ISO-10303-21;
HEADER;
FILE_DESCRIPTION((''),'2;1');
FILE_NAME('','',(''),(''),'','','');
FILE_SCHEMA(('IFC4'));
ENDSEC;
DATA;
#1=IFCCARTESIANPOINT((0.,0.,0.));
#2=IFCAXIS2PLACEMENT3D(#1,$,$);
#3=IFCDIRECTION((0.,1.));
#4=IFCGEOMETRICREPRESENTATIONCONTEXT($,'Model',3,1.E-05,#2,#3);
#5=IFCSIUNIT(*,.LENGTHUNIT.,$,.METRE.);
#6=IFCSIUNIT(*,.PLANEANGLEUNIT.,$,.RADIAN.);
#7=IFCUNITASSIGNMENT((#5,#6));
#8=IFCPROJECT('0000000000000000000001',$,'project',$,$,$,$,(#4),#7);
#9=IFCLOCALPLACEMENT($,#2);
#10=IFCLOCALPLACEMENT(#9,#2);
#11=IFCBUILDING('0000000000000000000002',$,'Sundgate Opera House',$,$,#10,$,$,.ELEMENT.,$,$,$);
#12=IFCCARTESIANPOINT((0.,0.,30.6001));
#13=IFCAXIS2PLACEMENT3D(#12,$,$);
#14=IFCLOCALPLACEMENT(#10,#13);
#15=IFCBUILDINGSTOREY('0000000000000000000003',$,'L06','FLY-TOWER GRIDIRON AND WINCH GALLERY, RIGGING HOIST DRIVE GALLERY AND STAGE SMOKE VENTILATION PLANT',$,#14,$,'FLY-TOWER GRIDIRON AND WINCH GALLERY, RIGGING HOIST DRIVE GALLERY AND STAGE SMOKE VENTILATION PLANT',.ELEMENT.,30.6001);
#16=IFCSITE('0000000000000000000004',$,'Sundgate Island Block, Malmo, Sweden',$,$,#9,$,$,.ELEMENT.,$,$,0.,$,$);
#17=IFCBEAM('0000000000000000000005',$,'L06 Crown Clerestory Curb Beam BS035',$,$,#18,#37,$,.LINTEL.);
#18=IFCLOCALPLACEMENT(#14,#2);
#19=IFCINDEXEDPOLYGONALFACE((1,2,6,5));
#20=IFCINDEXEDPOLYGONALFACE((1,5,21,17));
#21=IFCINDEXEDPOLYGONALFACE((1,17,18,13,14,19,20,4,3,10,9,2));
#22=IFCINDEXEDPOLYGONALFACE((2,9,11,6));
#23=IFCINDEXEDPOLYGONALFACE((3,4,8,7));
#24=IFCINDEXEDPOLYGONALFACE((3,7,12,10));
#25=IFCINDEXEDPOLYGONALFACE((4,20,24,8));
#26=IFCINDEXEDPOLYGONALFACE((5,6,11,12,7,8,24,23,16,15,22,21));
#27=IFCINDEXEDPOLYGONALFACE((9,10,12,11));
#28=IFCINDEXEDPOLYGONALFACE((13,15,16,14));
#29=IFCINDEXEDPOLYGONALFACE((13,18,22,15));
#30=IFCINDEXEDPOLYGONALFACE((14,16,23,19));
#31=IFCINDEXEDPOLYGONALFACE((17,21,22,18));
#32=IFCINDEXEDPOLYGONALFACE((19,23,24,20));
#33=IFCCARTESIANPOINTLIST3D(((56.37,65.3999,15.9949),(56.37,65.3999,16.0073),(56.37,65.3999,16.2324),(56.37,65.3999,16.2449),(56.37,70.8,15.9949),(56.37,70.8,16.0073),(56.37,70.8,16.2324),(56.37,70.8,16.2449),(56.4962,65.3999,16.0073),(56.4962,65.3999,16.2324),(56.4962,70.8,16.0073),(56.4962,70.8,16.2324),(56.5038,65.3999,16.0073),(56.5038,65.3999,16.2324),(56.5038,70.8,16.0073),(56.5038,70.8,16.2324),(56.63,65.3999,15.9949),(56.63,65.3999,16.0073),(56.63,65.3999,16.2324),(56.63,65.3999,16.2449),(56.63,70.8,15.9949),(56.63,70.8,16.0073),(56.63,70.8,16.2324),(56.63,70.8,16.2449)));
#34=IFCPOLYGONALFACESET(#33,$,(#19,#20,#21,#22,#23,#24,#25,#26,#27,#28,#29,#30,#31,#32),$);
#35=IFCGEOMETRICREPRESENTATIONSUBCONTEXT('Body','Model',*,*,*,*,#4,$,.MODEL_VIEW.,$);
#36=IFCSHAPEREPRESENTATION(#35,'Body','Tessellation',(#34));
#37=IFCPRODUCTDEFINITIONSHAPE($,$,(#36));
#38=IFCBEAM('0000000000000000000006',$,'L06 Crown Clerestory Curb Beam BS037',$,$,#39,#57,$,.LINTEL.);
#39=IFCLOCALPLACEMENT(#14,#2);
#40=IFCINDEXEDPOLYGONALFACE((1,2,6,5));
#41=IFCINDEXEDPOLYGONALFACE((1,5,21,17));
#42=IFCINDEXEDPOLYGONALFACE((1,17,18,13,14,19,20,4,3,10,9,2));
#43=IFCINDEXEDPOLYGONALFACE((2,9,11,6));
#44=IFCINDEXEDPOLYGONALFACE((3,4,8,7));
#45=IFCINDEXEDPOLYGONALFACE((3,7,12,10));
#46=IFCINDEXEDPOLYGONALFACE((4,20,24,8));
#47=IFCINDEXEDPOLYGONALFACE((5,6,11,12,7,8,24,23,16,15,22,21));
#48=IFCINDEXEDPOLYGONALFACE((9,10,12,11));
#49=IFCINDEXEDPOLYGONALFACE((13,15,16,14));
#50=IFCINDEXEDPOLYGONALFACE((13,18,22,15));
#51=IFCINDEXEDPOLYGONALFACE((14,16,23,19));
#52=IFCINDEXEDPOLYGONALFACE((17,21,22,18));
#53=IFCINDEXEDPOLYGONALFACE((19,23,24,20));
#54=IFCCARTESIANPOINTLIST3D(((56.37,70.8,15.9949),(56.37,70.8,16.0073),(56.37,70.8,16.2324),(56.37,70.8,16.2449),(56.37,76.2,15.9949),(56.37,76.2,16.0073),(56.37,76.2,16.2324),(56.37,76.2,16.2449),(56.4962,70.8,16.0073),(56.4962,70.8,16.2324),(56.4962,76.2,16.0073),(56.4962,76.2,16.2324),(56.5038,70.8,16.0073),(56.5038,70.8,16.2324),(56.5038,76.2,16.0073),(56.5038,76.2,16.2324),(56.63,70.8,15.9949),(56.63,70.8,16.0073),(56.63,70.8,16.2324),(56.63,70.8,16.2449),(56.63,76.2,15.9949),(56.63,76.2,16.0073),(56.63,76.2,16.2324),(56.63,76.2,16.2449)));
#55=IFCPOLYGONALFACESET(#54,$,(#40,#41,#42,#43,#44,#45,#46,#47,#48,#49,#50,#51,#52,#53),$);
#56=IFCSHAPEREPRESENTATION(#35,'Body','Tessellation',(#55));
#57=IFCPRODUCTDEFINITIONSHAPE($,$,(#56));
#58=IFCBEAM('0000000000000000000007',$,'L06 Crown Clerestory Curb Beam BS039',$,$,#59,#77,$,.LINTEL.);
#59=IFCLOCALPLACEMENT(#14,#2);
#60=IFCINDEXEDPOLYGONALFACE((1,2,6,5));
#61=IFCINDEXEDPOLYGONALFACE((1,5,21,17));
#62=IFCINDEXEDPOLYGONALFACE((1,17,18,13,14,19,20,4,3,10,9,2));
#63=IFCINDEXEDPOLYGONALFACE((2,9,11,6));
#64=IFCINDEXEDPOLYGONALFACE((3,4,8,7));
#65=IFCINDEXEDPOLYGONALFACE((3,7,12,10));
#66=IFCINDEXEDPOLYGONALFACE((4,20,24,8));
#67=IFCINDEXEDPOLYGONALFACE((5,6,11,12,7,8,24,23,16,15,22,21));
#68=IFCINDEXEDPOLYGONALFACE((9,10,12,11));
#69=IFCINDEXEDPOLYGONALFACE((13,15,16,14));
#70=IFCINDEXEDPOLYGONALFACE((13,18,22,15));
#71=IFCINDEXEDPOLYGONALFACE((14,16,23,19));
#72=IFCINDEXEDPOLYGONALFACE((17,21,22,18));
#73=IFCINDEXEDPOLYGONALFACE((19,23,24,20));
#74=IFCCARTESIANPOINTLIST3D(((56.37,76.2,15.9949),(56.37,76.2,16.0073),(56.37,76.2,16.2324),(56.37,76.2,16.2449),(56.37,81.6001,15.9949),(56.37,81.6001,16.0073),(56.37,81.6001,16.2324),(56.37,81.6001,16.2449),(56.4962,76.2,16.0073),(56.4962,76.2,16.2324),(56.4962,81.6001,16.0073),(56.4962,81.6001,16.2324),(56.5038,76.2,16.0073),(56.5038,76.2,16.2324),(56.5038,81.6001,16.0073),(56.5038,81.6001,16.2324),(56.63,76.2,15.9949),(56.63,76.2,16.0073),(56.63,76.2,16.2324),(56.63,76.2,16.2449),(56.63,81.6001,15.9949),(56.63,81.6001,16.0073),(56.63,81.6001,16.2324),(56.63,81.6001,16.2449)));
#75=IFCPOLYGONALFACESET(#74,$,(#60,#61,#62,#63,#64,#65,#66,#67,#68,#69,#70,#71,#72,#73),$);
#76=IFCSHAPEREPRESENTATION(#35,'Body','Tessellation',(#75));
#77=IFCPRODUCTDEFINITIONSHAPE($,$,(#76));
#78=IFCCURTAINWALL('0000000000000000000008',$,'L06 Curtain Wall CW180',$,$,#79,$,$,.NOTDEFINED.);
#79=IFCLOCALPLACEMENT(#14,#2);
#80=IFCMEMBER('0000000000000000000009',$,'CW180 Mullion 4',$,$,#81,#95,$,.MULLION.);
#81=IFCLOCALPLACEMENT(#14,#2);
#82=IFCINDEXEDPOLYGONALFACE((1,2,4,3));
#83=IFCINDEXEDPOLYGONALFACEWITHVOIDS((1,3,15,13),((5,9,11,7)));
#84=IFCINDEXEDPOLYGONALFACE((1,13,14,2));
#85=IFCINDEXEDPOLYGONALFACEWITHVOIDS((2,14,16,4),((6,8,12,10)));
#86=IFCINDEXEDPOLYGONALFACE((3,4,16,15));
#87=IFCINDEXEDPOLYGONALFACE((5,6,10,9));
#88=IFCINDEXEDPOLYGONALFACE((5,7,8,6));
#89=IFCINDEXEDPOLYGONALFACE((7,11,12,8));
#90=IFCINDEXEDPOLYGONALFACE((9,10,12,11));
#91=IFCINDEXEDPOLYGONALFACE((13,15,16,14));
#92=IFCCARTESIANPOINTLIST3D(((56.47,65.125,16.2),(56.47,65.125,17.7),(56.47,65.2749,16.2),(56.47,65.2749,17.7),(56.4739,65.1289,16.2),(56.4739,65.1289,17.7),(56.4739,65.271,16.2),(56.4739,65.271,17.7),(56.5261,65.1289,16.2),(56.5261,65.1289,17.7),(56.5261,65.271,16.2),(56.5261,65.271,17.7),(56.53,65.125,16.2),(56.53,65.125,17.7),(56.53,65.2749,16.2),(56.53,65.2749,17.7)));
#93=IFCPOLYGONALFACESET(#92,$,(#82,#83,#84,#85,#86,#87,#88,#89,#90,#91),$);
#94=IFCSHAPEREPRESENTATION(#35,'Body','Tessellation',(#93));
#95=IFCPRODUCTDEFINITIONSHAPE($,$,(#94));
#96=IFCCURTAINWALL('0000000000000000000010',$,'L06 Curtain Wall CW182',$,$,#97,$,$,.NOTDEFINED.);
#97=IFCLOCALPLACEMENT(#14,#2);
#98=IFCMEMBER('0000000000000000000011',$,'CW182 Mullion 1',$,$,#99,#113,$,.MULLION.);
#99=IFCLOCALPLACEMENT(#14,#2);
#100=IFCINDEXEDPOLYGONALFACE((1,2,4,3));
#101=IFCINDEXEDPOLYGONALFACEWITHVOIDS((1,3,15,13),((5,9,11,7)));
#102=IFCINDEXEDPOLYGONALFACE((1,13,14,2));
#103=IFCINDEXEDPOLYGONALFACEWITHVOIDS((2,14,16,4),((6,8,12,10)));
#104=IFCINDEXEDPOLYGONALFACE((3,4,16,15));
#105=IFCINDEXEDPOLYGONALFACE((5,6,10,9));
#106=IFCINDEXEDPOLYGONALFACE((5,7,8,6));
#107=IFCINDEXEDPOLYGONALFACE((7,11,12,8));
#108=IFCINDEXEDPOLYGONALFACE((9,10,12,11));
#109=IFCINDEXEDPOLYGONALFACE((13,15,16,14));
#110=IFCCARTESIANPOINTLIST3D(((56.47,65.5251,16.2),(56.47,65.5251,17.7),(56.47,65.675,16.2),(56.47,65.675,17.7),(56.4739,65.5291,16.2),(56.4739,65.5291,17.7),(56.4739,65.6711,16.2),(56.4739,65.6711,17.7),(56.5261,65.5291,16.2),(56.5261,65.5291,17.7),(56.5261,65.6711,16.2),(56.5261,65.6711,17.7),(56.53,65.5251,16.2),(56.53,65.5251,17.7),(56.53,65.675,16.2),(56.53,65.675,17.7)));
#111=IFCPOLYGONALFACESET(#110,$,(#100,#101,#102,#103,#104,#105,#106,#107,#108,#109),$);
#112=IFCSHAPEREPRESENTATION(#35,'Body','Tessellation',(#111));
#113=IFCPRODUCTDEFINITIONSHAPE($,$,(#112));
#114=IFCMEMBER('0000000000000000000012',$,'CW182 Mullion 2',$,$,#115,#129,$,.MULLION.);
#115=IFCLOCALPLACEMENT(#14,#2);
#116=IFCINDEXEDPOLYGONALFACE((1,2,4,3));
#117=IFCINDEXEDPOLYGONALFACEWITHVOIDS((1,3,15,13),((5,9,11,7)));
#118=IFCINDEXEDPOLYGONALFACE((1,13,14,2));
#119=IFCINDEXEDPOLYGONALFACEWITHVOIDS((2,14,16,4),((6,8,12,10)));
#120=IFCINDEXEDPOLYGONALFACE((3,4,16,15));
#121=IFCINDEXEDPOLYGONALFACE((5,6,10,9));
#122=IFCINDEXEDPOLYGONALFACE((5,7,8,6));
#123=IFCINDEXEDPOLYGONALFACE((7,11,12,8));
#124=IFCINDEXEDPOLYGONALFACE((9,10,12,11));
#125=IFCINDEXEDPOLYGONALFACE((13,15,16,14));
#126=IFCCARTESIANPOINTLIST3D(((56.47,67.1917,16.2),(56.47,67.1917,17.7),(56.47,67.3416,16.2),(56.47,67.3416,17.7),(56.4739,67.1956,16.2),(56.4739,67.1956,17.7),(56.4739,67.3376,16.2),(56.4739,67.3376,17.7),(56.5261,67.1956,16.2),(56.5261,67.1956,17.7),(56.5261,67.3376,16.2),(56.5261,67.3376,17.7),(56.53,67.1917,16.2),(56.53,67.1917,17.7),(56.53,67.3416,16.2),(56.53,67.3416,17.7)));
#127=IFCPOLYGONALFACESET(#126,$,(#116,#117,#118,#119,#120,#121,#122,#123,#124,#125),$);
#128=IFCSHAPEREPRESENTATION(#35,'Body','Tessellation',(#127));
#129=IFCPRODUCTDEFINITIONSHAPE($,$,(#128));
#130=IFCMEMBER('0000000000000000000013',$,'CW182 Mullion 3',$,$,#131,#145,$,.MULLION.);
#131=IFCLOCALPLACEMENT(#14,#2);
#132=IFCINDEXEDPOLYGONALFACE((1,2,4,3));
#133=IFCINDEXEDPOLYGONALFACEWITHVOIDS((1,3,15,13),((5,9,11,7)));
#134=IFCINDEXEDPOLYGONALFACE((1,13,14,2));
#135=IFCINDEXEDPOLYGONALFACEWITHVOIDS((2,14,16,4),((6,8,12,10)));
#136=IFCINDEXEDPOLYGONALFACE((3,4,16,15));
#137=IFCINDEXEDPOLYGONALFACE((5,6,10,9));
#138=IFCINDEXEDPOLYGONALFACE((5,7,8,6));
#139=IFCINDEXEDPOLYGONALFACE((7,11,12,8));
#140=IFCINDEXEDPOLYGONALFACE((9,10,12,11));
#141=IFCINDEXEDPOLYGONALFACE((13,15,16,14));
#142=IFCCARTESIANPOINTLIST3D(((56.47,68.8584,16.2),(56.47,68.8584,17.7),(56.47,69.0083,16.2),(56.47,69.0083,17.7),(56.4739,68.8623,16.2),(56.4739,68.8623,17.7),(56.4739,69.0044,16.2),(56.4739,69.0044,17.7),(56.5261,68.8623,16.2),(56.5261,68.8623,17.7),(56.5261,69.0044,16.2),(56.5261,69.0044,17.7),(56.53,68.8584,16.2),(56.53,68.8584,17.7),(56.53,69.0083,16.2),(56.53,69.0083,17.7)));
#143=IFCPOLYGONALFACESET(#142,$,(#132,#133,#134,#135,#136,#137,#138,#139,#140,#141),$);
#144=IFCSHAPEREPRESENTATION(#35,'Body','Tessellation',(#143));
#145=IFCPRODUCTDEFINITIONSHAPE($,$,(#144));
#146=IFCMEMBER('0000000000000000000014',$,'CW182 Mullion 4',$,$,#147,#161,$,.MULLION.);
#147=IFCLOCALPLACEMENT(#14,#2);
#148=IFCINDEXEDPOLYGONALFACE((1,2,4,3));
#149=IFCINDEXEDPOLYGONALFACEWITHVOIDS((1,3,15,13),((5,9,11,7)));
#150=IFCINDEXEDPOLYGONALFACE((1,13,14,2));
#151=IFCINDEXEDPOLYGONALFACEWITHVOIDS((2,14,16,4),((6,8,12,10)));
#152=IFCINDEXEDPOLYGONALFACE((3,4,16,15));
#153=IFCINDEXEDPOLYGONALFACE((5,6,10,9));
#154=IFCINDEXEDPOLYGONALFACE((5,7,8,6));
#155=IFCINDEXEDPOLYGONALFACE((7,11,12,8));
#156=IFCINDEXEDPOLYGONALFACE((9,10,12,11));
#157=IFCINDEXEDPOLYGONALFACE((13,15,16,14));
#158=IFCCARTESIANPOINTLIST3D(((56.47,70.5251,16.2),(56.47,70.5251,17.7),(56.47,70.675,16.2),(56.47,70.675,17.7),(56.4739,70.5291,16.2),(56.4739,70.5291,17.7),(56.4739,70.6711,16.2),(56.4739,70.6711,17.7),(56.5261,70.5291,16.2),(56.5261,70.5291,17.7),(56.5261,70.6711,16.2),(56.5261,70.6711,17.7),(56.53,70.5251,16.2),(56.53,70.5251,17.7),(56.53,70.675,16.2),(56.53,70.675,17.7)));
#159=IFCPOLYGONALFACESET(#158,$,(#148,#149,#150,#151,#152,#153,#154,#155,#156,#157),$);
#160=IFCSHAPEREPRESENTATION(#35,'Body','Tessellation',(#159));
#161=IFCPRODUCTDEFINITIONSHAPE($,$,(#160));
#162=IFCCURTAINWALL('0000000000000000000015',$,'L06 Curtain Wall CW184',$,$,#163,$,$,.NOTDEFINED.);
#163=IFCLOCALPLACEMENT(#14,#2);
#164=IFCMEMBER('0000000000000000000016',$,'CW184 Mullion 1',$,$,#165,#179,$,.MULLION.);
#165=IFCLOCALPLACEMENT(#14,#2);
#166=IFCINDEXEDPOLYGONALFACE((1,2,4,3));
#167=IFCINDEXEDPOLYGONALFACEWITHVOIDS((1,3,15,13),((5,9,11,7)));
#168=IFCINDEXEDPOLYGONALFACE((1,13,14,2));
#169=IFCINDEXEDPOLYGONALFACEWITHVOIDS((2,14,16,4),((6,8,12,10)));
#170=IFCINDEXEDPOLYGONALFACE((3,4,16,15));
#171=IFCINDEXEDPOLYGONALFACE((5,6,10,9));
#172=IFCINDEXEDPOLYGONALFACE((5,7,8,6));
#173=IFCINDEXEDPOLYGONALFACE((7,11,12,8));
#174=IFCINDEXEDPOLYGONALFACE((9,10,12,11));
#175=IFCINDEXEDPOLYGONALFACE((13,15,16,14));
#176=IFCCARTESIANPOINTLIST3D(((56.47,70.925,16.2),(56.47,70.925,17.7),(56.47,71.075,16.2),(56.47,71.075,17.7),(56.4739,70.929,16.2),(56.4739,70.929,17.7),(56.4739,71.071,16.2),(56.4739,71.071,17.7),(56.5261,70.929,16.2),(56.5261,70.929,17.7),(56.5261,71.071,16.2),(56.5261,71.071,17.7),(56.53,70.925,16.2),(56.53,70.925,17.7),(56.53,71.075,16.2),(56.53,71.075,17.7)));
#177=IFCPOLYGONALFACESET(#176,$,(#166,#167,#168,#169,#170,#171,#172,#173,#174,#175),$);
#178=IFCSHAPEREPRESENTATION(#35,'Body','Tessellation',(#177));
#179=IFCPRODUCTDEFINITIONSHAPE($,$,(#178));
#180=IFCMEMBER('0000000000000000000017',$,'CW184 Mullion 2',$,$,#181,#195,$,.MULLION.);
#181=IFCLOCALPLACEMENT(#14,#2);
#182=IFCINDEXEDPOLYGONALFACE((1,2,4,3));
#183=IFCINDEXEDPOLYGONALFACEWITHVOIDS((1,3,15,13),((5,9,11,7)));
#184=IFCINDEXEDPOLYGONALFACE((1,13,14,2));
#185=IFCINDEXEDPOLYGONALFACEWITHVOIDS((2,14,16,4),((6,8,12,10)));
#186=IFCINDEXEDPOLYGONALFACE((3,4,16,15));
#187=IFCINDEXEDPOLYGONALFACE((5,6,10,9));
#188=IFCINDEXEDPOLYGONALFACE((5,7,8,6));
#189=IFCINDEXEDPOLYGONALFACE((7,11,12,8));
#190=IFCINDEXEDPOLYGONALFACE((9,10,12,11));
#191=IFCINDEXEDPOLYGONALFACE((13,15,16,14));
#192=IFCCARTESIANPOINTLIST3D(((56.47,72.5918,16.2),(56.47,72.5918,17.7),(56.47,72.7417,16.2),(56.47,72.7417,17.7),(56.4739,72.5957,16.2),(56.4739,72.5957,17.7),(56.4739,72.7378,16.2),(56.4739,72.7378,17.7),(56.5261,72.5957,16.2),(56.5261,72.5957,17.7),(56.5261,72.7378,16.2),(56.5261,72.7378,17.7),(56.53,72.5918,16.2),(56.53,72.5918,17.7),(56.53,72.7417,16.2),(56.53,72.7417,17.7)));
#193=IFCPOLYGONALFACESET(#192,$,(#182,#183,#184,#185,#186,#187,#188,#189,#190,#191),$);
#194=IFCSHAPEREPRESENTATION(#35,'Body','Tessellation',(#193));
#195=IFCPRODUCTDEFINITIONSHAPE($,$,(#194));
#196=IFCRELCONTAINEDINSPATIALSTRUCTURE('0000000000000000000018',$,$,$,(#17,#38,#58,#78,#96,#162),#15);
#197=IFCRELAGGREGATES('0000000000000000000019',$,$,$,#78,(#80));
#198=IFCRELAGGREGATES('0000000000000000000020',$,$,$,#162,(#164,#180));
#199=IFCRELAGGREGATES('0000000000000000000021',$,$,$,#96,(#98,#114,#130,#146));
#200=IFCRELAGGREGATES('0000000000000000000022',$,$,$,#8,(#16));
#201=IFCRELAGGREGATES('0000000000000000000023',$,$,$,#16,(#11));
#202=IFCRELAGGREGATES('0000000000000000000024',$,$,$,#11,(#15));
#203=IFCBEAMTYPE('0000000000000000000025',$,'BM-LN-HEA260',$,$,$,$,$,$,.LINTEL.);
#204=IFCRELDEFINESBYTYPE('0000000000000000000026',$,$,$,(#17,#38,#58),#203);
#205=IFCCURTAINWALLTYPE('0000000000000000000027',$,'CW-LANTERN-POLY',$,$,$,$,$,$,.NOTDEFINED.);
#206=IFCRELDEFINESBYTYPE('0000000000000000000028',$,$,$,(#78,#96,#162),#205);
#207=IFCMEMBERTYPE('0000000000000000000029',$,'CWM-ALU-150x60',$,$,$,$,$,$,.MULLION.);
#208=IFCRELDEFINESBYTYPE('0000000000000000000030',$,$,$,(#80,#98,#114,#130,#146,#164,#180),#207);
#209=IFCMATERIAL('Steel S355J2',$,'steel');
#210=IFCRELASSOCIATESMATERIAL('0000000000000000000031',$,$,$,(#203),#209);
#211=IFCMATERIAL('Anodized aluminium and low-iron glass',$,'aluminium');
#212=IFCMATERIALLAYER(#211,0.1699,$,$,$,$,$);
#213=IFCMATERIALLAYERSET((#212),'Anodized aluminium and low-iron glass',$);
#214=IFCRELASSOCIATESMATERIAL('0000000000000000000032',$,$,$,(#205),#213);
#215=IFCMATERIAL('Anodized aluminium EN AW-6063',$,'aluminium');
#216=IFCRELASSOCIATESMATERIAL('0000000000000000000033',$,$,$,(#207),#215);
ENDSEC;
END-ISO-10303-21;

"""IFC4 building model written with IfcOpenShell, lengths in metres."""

from ifc_helpers import new_model, si_unit, direction, frame, origin, origin_2d, place, context, subcontext, project, spatial, hollow_rectangle, i_section, extrude, material, layer, layer_set, material_profile, profile_set, type_object, element, aggregate, save


model = new_model("IFC4")

# Units and contexts
model_context = context("Model", 3, precision=1e-05, world=origin(), true_north=direction((0.0, 1.0)))
body_context = subcontext(model_context, "Body", "Model", "MODEL_VIEW")
ifc_project = project(units=[si_unit("LENGTHUNIT", "METRE"), si_unit("PLANEANGLEUNIT", "RADIAN")], contexts=[model_context])

# Site, building, storey
site_placement = place(None, origin())
site = spatial("IfcSite", under=ifc_project, at=site_placement, Name="Sundgate Island Block, Malmo, Sweden", CompositionType="ELEMENT", RefElevation=0.0)
building_placement = place(site_placement, origin())
building = spatial("IfcBuilding", under=site, at=building_placement, Name="Sundgate Opera House", CompositionType="ELEMENT")
storey_placement = place(building_placement, frame((0.0, 0.0, 30.6001)))
storey = spatial("IfcBuildingStorey", under=building, at=storey_placement, Name="L06", Description="FLY-TOWER GRIDIRON AND WINCH GALLERY, RIGGING HOIST DRIVE GALLERY AND STAGE SMOKE VENTILATION PLANT", LongName="FLY-TOWER GRIDIRON AND WINCH GALLERY, RIGGING HOIST DRIVE GALLERY AND STAGE SMOKE VENTILATION PLANT", CompositionType="ELEMENT", Elevation=30.6001)

# Beams
ifc_material_1 = material(Name="Steel S355J2", Category="steel")
ifc_material_profile_1 = material_profile(ifc_material_1, i_section(OverallWidth=0.26, OverallDepth=0.25, WebThickness=0.0076, FlangeThickness=0.0125, at=origin_2d()), Name="HEA 260")
ifc_profile_set_1 = profile_set([ifc_material_profile_1], Name="Steel S355J2")
beam_type = type_object("IfcBeamType", Name="BM-LN-HEA260", PredefinedType="LINTEL", material=ifc_profile_set_1)
beam_1_placement = place(storey_placement, frame((56.5, 65.3999, 16.1199), z_axis=(0.0, 1.0, 0.0), x_axis=(-1.0, 0.0, 0.0)))
element("IfcBeam", 1, at=beam_1_placement, inside=storey, type_object=beam_type, Name="L06 Crown Clerestory Curb Beam BS035", PredefinedType="LINTEL", context=body_context, shape_type="SweptSolid", body=[
    extrude(i_section(OverallWidth=0.26, OverallDepth=0.25, WebThickness=0.0076, FlangeThickness=0.0125, at=origin_2d()), origin(), (0.0, 0.0, 1.0), 5.4001),
])
beam_2_placement = place(storey_placement, frame((56.5, 70.8, 16.1199), z_axis=(0.0, 1.0, 0.0), x_axis=(-1.0, 0.0, 0.0)))
element("IfcBeam", 2, at=beam_2_placement, inside=storey, type_object=beam_type, Name="L06 Crown Clerestory Curb Beam BS037", PredefinedType="LINTEL", context=body_context, shape_type="SweptSolid", body=[
    extrude(i_section(OverallWidth=0.26, OverallDepth=0.25, WebThickness=0.0076, FlangeThickness=0.0125, at=origin_2d()), origin(), (0.0, 0.0, 1.0), 5.3999),
])
beam_3_placement = place(storey_placement, frame((56.5, 76.2, 16.1199), z_axis=(0.0, 1.0, 0.0), x_axis=(-1.0, 0.0, 0.0)))
element("IfcBeam", 3, at=beam_3_placement, inside=storey, type_object=beam_type, Name="L06 Crown Clerestory Curb Beam BS039", PredefinedType="LINTEL", context=body_context, shape_type="SweptSolid", body=[
    extrude(i_section(OverallWidth=0.26, OverallDepth=0.25, WebThickness=0.0076, FlangeThickness=0.0125, at=origin_2d()), origin(), (0.0, 0.0, 1.0), 5.4001),
])

# Curtain wall, member
ifc_material_2 = material(Name="Anodized aluminium and low-iron glass", Category="aluminium")
ifc_layer_1 = layer(ifc_material_2, 0.1699)
ifc_layer_set_1 = layer_set([ifc_layer_1], Name="Anodized aluminium and low-iron glass")
curtain_wall_type = type_object("IfcCurtainWallType", Name="CW-LANTERN-POLY", PredefinedType="NOTDEFINED", material=ifc_layer_set_1)
curtain_wall_1_placement = place(storey_placement, origin())
curtain_wall_1 = element("IfcCurtainWall", 4, at=curtain_wall_1_placement, inside=storey, type_object=curtain_wall_type, Name="L06 Curtain Wall CW180", PredefinedType="NOTDEFINED")
ifc_material_3 = material(Name="Anodized aluminium EN AW-6063", Category="aluminium")
ifc_material_profile_2 = material_profile(ifc_material_3, hollow_rectangle(XDim=0.0601, YDim=0.1499, WallThickness=0.0039, at=origin_2d()), Name="CWM 150x60x4")
ifc_profile_set_2 = profile_set([ifc_material_profile_2], Name="Anodized aluminium EN AW-6063")
member_type_1 = type_object("IfcMemberType", Name="CWM-ALU-150x60", PredefinedType="MULLION", material=ifc_profile_set_2)
member_1_placement = place(storey_placement, frame((56.5, 65.2, 16.2), z_axis=(0.0, 0.0, 1.0), x_axis=(1.0, 0.0, 0.0)))
member_1 = element("IfcMember", 5, at=member_1_placement, type_object=member_type_1, Name="CW180 Mullion 4", PredefinedType="MULLION", context=body_context, shape_type="SweptSolid", body=[
    extrude(hollow_rectangle(XDim=0.0601, YDim=0.1499, WallThickness=0.0039, at=origin_2d()), origin(), (0.0, 0.0, 1.0), 1.5),
])
aggregate(curtain_wall_1, [member_1])

# Curtain walls, members
curtain_wall_2_placement = place(storey_placement, origin())
curtain_wall_2 = element("IfcCurtainWall", 6, at=curtain_wall_2_placement, inside=storey, type_object=curtain_wall_type, Name="L06 Curtain Wall CW182", PredefinedType="NOTDEFINED")
member_2_placement = place(storey_placement, frame((56.5, 65.6001, 16.2), z_axis=(0.0, 0.0, 1.0), x_axis=(1.0, 0.0, 0.0)))
member_2 = element("IfcMember", 7, at=member_2_placement, type_object=member_type_1, Name="CW182 Mullion 1", PredefinedType="MULLION", context=body_context, shape_type="SweptSolid", body=[
    extrude(hollow_rectangle(XDim=0.0601, YDim=0.1499, WallThickness=0.0039, at=origin_2d()), origin(), (0.0, 0.0, 1.0), 1.5),
])
member_3_placement = place(storey_placement, frame((56.5, 67.2666, 16.2), z_axis=(0.0, 0.0, 1.0), x_axis=(1.0, 0.0, 0.0)))
member_3 = element("IfcMember", 8, at=member_3_placement, type_object=member_type_1, Name="CW182 Mullion 2", PredefinedType="MULLION", context=body_context, shape_type="SweptSolid", body=[
    extrude(hollow_rectangle(XDim=0.0601, YDim=0.1499, WallThickness=0.0039, at=origin_2d()), origin(), (0.0, 0.0, 1.0), 1.5),
])
member_4_placement = place(storey_placement, frame((56.5, 68.9333, 16.2), z_axis=(0.0, 0.0, 1.0), x_axis=(1.0, 0.0, 0.0)))
member_4 = element("IfcMember", 9, at=member_4_placement, type_object=member_type_1, Name="CW182 Mullion 3", PredefinedType="MULLION", context=body_context, shape_type="SweptSolid", body=[
    extrude(hollow_rectangle(XDim=0.0601, YDim=0.1499, WallThickness=0.0039, at=origin_2d()), origin(), (0.0, 0.0, 1.0), 1.5),
])
member_5_placement = place(storey_placement, frame((56.5, 70.6001, 16.2), z_axis=(0.0, 0.0, 1.0), x_axis=(1.0, 0.0, 0.0)))
member_5 = element("IfcMember", 10, at=member_5_placement, type_object=member_type_1, Name="CW182 Mullion 4", PredefinedType="MULLION", context=body_context, shape_type="SweptSolid", body=[
    extrude(hollow_rectangle(XDim=0.0601, YDim=0.1499, WallThickness=0.0039, at=origin_2d()), origin(), (0.0, 0.0, 1.0), 1.5),
])
curtain_wall_3_placement = place(storey_placement, origin())
curtain_wall_3 = element("IfcCurtainWall", 11, at=curtain_wall_3_placement, inside=storey, type_object=curtain_wall_type, Name="L06 Curtain Wall CW184", PredefinedType="NOTDEFINED")
member_6_placement = place(storey_placement, frame((56.5, 71.0, 16.2), z_axis=(0.0, 0.0, 1.0), x_axis=(1.0, 0.0, 0.0)))
member_6 = element("IfcMember", 12, at=member_6_placement, type_object=member_type_1, Name="CW184 Mullion 1", PredefinedType="MULLION", context=body_context, shape_type="SweptSolid", body=[
    extrude(hollow_rectangle(XDim=0.0601, YDim=0.1499, WallThickness=0.0039, at=origin_2d()), origin(), (0.0, 0.0, 1.0), 1.5),
])
member_7_placement = place(storey_placement, frame((56.5, 72.6667, 16.2), z_axis=(0.0, 0.0, 1.0), x_axis=(1.0, 0.0, 0.0)))
member_7 = element("IfcMember", 13, at=member_7_placement, type_object=member_type_1, Name="CW184 Mullion 2", PredefinedType="MULLION", context=body_context, shape_type="SweptSolid", body=[
    extrude(hollow_rectangle(XDim=0.0601, YDim=0.1499, WallThickness=0.0039, at=origin_2d()), origin(), (0.0, 0.0, 1.0), 1.5),
])

aggregate(curtain_wall_3, [member_6, member_7])

aggregate(curtain_wall_2, [member_2, member_3, member_4, member_5])

save(model, "model.ifc")
